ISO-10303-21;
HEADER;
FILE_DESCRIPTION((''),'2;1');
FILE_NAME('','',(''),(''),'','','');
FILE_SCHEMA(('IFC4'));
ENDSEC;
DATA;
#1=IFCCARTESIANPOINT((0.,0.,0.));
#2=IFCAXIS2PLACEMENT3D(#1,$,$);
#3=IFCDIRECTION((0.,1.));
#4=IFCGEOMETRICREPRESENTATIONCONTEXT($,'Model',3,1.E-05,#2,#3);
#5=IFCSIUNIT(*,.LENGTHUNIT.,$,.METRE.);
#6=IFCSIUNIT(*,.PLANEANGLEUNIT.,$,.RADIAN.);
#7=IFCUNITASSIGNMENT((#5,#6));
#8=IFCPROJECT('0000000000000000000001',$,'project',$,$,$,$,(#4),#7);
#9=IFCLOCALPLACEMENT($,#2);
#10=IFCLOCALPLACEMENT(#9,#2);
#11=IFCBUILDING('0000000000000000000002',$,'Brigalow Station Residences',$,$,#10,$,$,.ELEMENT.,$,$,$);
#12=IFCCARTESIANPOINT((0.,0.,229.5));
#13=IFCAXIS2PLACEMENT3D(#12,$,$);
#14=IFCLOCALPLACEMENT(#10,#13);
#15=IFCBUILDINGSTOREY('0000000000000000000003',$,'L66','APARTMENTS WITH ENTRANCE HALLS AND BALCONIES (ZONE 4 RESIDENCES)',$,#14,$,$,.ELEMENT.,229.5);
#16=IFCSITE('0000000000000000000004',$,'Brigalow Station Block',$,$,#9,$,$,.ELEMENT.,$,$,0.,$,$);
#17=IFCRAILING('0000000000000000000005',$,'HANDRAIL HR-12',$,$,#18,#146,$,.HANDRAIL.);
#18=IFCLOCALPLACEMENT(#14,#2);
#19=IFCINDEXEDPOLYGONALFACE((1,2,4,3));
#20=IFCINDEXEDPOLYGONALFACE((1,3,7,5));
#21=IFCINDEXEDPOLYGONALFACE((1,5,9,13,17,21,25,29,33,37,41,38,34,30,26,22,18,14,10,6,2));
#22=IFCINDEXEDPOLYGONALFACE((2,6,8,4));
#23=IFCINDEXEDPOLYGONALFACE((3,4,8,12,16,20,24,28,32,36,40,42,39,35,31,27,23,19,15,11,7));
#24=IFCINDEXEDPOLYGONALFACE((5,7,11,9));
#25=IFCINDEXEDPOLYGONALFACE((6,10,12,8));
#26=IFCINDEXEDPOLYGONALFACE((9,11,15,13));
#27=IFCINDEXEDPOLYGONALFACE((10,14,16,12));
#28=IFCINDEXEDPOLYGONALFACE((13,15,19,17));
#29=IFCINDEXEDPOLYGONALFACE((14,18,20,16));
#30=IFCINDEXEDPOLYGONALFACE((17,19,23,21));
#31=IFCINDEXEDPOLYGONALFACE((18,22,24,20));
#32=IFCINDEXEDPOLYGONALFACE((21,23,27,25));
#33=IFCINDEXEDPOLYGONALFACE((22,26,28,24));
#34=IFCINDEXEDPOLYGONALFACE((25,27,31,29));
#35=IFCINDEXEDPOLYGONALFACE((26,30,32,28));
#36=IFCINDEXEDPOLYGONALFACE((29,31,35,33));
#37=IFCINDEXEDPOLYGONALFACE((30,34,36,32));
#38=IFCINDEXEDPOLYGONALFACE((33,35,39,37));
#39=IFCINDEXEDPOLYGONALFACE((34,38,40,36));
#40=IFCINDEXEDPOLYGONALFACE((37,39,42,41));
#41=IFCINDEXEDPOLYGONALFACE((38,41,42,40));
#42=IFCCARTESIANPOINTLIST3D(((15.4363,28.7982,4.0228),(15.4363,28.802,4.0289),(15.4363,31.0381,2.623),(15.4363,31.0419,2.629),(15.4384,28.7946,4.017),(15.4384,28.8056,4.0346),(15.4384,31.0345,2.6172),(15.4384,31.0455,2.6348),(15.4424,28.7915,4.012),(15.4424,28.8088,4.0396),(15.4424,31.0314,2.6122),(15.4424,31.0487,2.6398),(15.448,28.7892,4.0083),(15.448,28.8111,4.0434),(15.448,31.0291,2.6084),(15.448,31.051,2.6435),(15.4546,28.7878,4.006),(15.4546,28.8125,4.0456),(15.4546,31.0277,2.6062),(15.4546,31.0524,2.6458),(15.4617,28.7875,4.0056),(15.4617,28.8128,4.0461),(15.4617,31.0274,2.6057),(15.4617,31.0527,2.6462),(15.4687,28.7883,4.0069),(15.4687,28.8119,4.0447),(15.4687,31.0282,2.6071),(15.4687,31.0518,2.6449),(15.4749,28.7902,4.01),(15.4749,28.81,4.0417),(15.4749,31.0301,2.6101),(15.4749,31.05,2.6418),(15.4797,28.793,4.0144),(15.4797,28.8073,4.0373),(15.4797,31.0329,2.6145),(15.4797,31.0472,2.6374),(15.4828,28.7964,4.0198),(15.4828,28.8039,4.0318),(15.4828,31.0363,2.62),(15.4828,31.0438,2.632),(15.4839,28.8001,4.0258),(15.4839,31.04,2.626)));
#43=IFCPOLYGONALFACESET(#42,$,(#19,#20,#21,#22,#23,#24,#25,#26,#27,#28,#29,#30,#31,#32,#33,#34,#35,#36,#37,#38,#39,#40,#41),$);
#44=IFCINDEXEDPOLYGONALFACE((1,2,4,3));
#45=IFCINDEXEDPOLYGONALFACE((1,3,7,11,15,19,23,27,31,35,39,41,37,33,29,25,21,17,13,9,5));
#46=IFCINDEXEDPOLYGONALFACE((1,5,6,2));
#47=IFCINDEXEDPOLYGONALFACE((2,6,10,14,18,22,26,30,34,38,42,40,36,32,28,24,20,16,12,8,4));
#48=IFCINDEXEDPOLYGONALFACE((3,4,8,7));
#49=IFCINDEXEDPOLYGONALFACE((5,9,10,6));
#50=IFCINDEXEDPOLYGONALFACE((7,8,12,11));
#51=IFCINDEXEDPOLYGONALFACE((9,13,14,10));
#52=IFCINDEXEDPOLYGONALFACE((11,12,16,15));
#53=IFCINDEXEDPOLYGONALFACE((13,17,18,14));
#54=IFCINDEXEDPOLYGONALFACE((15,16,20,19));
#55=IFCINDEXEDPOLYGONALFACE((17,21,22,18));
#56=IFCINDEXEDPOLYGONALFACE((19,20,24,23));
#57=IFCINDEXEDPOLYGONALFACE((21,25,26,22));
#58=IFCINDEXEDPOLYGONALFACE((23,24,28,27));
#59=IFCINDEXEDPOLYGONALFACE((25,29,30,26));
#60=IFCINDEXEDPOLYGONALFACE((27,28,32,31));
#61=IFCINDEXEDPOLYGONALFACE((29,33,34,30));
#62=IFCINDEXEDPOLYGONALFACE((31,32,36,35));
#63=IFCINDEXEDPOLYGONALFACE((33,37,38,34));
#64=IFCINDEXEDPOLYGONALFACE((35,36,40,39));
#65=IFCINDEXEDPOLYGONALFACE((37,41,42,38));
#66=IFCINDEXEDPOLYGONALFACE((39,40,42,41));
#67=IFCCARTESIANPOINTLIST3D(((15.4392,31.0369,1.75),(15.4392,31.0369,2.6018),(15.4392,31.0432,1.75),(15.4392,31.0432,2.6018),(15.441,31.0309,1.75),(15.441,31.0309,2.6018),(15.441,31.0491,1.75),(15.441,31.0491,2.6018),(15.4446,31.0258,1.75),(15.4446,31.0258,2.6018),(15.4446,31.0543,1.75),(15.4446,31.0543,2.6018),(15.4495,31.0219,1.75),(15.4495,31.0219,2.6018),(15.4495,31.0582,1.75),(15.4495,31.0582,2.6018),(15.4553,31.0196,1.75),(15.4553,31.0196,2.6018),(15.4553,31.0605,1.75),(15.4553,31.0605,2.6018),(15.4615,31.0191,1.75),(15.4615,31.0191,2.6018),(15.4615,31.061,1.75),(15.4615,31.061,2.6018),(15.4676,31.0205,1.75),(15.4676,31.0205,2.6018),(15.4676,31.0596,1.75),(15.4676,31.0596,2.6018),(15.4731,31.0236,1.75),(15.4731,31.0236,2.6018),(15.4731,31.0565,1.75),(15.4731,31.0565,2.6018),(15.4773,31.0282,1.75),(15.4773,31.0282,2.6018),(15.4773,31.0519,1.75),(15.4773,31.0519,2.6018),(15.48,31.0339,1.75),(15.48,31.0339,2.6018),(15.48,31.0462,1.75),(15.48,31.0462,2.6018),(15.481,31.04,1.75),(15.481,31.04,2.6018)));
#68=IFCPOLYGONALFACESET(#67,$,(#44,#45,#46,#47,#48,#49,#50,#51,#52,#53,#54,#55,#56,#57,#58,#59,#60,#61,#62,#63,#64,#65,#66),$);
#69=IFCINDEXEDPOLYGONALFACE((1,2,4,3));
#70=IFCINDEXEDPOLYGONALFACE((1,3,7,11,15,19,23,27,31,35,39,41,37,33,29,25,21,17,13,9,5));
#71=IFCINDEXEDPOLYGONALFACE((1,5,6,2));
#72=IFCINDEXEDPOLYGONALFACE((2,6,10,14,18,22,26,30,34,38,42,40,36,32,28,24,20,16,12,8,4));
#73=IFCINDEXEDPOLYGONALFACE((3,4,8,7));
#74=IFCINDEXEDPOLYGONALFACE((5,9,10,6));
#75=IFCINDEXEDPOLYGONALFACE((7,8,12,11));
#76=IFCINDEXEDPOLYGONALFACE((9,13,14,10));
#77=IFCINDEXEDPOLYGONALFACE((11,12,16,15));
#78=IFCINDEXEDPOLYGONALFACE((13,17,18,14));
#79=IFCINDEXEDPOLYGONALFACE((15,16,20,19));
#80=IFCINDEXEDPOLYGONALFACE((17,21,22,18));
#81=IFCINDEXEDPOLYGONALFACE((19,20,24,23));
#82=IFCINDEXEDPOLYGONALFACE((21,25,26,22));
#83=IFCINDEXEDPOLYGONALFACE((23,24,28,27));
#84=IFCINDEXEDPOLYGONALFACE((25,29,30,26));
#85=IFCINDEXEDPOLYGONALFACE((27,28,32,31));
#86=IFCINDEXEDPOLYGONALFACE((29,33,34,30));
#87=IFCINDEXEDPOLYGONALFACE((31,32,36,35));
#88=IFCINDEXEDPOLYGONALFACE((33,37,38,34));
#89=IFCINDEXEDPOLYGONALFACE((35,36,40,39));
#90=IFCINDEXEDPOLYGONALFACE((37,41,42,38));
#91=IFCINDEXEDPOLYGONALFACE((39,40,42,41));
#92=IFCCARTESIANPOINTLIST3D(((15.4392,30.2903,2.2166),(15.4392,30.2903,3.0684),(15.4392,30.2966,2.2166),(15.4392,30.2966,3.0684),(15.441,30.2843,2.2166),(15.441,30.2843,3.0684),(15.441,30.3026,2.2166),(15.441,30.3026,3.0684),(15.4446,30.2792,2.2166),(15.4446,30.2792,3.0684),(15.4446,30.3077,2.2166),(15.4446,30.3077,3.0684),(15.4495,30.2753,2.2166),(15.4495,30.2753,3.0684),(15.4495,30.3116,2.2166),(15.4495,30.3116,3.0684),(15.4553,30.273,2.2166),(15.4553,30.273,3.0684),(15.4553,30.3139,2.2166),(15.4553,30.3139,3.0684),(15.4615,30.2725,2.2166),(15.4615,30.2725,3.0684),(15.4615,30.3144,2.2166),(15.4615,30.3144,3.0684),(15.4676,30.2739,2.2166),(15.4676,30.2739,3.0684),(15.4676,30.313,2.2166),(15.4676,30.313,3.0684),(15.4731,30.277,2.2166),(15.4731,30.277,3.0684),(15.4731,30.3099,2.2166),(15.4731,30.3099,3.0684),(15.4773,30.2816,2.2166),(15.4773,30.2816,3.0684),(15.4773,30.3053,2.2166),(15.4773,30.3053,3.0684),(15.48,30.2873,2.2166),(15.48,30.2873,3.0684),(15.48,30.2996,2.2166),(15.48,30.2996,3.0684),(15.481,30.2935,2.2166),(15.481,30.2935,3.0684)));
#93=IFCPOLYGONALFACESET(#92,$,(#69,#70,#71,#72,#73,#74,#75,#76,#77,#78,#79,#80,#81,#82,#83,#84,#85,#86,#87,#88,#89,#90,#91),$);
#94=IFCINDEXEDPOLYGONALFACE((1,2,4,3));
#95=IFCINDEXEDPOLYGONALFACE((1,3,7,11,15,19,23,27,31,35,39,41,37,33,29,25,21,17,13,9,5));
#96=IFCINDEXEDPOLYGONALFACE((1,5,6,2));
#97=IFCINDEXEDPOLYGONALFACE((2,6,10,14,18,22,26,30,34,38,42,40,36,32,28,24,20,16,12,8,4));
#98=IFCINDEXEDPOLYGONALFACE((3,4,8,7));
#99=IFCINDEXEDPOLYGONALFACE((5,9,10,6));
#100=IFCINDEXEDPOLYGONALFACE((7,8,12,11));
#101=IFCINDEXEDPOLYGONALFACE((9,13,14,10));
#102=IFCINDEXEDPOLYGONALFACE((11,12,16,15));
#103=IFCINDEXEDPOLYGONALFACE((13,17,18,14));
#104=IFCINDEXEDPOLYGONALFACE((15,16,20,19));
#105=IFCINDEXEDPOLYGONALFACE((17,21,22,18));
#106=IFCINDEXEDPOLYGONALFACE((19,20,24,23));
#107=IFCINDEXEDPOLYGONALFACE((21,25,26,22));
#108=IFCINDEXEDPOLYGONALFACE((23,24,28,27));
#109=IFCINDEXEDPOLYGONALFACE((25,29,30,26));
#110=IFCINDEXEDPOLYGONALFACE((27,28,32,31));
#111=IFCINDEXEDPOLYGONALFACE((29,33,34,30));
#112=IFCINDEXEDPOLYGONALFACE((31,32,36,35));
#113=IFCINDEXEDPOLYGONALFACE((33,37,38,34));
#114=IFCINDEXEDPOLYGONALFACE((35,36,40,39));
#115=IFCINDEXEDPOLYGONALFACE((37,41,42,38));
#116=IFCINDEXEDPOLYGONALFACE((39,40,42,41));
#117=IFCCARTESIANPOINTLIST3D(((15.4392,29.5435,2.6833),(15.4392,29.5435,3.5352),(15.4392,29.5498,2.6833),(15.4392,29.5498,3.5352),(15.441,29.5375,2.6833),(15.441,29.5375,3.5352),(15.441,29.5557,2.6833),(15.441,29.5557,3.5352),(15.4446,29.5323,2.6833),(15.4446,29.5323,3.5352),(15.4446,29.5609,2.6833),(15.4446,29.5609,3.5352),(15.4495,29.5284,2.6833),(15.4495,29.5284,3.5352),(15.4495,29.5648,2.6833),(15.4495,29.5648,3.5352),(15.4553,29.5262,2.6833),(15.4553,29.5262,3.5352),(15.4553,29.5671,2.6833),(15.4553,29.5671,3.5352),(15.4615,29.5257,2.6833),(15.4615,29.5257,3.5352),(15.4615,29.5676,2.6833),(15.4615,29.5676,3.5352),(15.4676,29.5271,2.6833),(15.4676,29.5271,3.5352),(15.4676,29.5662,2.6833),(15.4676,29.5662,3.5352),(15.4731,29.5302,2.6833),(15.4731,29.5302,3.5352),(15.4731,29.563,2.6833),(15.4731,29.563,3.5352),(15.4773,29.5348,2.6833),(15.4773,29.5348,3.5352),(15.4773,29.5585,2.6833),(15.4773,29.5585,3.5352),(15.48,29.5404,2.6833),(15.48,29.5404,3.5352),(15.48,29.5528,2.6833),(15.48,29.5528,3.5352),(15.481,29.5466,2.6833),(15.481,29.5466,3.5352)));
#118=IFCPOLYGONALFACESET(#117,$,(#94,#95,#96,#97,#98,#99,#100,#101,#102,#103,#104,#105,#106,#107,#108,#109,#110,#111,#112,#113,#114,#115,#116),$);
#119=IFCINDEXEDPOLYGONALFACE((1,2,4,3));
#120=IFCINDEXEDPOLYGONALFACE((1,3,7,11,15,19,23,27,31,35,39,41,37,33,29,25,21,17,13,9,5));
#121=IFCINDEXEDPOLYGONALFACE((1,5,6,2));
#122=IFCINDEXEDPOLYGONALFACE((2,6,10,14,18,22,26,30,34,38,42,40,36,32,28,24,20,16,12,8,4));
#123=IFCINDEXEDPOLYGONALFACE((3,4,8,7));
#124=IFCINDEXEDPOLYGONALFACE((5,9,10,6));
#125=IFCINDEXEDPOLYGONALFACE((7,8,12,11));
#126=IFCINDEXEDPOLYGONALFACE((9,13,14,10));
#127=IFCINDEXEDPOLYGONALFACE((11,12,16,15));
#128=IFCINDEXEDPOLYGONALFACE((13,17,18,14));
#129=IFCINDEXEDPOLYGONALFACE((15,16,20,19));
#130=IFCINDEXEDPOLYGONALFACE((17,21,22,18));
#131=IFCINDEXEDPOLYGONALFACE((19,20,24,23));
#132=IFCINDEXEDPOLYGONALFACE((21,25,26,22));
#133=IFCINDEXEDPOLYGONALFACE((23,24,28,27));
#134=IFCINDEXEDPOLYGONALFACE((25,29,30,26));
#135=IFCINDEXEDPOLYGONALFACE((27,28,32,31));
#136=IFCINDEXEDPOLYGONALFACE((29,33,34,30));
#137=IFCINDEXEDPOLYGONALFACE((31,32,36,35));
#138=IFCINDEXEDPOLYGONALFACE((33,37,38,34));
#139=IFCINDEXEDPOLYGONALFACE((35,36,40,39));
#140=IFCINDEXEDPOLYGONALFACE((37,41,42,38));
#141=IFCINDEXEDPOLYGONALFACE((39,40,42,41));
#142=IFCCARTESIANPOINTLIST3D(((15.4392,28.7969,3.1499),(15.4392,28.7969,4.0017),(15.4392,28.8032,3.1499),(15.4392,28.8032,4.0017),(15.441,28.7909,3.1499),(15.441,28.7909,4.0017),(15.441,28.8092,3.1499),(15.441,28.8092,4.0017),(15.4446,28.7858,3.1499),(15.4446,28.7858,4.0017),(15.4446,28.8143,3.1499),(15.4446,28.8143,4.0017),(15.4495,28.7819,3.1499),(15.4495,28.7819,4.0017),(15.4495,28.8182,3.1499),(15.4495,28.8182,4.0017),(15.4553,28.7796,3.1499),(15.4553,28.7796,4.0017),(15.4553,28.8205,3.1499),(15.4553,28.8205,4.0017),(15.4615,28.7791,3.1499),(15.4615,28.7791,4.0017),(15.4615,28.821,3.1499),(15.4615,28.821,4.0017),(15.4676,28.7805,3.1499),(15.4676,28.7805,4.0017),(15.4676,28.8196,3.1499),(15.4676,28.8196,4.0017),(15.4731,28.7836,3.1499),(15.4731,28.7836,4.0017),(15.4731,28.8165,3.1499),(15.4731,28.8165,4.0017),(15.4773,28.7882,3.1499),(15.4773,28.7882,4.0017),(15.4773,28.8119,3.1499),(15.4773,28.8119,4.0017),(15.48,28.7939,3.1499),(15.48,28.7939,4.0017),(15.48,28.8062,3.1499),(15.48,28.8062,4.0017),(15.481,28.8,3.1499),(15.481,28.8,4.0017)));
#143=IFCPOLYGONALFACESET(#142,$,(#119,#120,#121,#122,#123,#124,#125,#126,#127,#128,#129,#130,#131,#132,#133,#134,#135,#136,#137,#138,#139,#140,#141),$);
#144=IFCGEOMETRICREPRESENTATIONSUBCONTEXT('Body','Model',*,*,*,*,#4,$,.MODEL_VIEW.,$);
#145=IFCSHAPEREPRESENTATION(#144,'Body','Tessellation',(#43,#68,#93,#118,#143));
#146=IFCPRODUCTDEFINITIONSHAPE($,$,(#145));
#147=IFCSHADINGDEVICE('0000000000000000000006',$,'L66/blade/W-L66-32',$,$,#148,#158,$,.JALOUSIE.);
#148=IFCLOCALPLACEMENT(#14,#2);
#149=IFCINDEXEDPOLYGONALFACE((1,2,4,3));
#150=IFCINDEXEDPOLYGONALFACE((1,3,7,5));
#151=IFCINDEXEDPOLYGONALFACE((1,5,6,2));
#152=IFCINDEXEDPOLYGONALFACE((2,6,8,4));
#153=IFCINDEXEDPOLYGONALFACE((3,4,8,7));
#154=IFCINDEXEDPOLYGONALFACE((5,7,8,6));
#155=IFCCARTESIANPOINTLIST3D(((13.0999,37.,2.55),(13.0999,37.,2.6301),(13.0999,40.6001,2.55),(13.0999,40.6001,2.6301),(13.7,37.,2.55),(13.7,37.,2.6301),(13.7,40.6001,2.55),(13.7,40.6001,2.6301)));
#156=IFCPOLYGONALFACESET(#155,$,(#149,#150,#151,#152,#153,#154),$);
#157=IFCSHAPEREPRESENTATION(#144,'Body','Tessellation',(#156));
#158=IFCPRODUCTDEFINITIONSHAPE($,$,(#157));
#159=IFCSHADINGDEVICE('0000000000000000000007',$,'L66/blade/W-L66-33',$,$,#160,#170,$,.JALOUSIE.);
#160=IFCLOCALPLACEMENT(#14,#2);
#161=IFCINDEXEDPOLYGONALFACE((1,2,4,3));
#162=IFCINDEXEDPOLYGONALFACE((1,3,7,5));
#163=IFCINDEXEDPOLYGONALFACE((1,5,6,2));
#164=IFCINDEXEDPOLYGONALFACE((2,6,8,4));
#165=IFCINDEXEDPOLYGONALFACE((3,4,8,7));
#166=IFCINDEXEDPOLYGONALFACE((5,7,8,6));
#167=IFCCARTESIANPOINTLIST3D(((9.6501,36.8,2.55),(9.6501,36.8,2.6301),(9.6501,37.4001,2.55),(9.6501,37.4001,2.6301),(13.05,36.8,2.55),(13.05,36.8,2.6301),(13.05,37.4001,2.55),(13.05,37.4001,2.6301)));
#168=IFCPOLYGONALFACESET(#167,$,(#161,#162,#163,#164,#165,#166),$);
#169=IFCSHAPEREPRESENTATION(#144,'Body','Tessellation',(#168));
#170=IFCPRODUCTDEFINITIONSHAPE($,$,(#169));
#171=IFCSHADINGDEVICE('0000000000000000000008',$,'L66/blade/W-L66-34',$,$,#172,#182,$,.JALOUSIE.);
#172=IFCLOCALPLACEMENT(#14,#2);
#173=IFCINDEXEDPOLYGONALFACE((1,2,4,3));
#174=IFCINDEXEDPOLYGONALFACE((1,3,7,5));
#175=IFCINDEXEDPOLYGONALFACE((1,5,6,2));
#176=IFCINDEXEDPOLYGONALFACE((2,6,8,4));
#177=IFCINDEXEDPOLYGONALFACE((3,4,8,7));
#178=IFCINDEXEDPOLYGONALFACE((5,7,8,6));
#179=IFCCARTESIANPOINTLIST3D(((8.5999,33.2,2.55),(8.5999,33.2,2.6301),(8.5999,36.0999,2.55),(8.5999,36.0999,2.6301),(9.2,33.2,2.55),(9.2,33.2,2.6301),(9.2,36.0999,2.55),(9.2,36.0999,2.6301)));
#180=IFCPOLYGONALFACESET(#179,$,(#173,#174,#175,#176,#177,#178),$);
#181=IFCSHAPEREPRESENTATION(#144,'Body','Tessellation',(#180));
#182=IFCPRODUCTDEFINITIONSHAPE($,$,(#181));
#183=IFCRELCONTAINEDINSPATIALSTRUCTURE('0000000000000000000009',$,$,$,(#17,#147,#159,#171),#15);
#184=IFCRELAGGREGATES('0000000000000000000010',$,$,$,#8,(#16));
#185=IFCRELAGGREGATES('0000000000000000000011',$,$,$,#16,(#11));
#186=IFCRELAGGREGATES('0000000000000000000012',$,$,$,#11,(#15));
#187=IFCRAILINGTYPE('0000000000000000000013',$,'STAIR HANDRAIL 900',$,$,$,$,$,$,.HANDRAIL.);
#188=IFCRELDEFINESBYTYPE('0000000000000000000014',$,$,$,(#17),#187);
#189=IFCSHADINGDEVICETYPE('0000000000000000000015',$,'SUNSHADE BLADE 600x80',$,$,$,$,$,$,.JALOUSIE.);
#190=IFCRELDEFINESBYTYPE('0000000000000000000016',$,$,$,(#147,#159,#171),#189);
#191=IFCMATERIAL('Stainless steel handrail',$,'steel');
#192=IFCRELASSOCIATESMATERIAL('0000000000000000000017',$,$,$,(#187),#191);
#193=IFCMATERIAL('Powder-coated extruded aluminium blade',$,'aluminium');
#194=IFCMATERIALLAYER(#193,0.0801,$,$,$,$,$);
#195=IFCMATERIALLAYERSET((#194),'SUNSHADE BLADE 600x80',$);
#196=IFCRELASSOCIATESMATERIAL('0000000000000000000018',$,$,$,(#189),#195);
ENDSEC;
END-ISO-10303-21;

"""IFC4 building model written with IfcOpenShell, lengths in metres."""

from ifc_helpers import new_model, si_unit, direction, frame, origin, origin_2d, place, context, subcontext, project, spatial, rectangle, circle, extrude, material, layer, layer_set, type_object, element, save


model = new_model("IFC4")

# Units and contexts
model_context = context("Model", 3, precision=1e-05, world=origin(), true_north=direction((0.0, 1.0)))
body_context = subcontext(model_context, "Body", "Model", "MODEL_VIEW")
ifc_project = project(units=[si_unit("LENGTHUNIT", "METRE"), si_unit("PLANEANGLEUNIT", "RADIAN")], contexts=[model_context])

# Site, building, storey
site_placement = place(None, origin())
site = spatial("IfcSite", under=ifc_project, at=site_placement, Name="Brigalow Station Block", CompositionType="ELEMENT", RefElevation=0.0)
building_placement = place(site_placement, origin())
building = spatial("IfcBuilding", under=site, at=building_placement, Name="Brigalow Station Residences", CompositionType="ELEMENT")
storey_placement = place(building_placement, frame((0.0, 0.0, 229.5)))
storey = spatial("IfcBuildingStorey", under=building, at=storey_placement, Name="L66", Description="APARTMENTS WITH ENTRANCE HALLS AND BALCONIES (ZONE 4 RESIDENCES)", CompositionType="ELEMENT", Elevation=229.5)

# Railing
ifc_material_1 = material(Name="Stainless steel handrail", Category="steel")
railing_type = type_object("IfcRailingType", Name="STAIR HANDRAIL 900", PredefinedType="HANDRAIL", material=ifc_material_1)
railing_placement = place(storey_placement, frame((15.46, 31.04, 1.75)))
element("IfcRailing", 1, at=railing_placement, inside=storey, type_object=railing_type, Name="HANDRAIL HR-12", PredefinedType="HANDRAIL", context=body_context, shape_type="SweptSolid", body=[
    extrude(circle(Radius=0.0239, at=origin_2d()), frame((0.0, 0.0, 0.876), z_axis=(0.0, -0.848014, 0.529974), x_axis=(1.0, 0.0, 0.0)), (0.0, 0.0, 1.0), 2.6414),
    extrude(circle(Radius=0.021, at=origin_2d()), origin(), (0.0, 0.0, 1.0), 0.8518),
    extrude(circle(Radius=0.021, at=origin_2d()), frame((0.0, -0.7466, 0.4666)), (0.0, 0.0, 1.0), 0.8518),
    extrude(circle(Radius=0.021, at=origin_2d()), frame((0.0, -1.4934, 0.9333)), (0.0, 0.0, 1.0), 0.8518),
    extrude(circle(Radius=0.021, at=origin_2d()), frame((0.0, -2.24, 1.3999)), (0.0, 0.0, 1.0), 0.8518),
])

# Shading devices
ifc_material_2 = material(Name="Powder-coated extruded aluminium blade", Category="aluminium")
ifc_layer_1 = layer(ifc_material_2, 0.0801)
ifc_layer_set_1 = layer_set([ifc_layer_1], Name="SUNSHADE BLADE 600x80")
shading_device_type = type_object("IfcShadingDeviceType", Name="SUNSHADE BLADE 600x80", PredefinedType="JALOUSIE", material=ifc_layer_set_1)
shading_device_1_placement = place(storey_placement, frame((13.3999, 38.8, 2.55), z_axis=(0.0, 0.0, 1.0), x_axis=(0.0, -1.0, 0.0)))
element("IfcShadingDevice", 2, at=shading_device_1_placement, inside=storey, type_object=shading_device_type, Name="L66/blade/W-L66-32", PredefinedType="JALOUSIE", context=body_context, shape_type="SweptSolid", body=[
    extrude(rectangle(XDim=3.6001, YDim=0.6001, at=origin_2d()), origin(), (0.0, 0.0, 1.0), 0.0801),
])
shading_device_2_placement = place(storey_placement, frame((11.3501, 37.1001, 2.55), z_axis=(0.0, 0.0, 1.0), x_axis=(-1.0, 0.0, 0.0)))
element("IfcShadingDevice", 3, at=shading_device_2_placement, inside=storey, type_object=shading_device_type, Name="L66/blade/W-L66-33", PredefinedType="JALOUSIE", context=body_context, shape_type="SweptSolid", body=[
    extrude(rectangle(XDim=3.3999, YDim=0.6001, at=origin_2d()), origin(), (0.0, 0.0, 1.0), 0.0801),
])
shading_device_3_placement = place(storey_placement, frame((8.8999, 34.6499, 2.55), z_axis=(0.0, 0.0, 1.0), x_axis=(0.0, -1.0, 0.0)))
element("IfcShadingDevice", 4, at=shading_device_3_placement, inside=storey, type_object=shading_device_type, Name="L66/blade/W-L66-34", PredefinedType="JALOUSIE", context=body_context, shape_type="SweptSolid", body=[
    extrude(rectangle(XDim=2.8999, YDim=0.6001, at=origin_2d()), origin(), (0.0, 0.0, 1.0), 0.0801),
])

save(model, "model.ifc")
